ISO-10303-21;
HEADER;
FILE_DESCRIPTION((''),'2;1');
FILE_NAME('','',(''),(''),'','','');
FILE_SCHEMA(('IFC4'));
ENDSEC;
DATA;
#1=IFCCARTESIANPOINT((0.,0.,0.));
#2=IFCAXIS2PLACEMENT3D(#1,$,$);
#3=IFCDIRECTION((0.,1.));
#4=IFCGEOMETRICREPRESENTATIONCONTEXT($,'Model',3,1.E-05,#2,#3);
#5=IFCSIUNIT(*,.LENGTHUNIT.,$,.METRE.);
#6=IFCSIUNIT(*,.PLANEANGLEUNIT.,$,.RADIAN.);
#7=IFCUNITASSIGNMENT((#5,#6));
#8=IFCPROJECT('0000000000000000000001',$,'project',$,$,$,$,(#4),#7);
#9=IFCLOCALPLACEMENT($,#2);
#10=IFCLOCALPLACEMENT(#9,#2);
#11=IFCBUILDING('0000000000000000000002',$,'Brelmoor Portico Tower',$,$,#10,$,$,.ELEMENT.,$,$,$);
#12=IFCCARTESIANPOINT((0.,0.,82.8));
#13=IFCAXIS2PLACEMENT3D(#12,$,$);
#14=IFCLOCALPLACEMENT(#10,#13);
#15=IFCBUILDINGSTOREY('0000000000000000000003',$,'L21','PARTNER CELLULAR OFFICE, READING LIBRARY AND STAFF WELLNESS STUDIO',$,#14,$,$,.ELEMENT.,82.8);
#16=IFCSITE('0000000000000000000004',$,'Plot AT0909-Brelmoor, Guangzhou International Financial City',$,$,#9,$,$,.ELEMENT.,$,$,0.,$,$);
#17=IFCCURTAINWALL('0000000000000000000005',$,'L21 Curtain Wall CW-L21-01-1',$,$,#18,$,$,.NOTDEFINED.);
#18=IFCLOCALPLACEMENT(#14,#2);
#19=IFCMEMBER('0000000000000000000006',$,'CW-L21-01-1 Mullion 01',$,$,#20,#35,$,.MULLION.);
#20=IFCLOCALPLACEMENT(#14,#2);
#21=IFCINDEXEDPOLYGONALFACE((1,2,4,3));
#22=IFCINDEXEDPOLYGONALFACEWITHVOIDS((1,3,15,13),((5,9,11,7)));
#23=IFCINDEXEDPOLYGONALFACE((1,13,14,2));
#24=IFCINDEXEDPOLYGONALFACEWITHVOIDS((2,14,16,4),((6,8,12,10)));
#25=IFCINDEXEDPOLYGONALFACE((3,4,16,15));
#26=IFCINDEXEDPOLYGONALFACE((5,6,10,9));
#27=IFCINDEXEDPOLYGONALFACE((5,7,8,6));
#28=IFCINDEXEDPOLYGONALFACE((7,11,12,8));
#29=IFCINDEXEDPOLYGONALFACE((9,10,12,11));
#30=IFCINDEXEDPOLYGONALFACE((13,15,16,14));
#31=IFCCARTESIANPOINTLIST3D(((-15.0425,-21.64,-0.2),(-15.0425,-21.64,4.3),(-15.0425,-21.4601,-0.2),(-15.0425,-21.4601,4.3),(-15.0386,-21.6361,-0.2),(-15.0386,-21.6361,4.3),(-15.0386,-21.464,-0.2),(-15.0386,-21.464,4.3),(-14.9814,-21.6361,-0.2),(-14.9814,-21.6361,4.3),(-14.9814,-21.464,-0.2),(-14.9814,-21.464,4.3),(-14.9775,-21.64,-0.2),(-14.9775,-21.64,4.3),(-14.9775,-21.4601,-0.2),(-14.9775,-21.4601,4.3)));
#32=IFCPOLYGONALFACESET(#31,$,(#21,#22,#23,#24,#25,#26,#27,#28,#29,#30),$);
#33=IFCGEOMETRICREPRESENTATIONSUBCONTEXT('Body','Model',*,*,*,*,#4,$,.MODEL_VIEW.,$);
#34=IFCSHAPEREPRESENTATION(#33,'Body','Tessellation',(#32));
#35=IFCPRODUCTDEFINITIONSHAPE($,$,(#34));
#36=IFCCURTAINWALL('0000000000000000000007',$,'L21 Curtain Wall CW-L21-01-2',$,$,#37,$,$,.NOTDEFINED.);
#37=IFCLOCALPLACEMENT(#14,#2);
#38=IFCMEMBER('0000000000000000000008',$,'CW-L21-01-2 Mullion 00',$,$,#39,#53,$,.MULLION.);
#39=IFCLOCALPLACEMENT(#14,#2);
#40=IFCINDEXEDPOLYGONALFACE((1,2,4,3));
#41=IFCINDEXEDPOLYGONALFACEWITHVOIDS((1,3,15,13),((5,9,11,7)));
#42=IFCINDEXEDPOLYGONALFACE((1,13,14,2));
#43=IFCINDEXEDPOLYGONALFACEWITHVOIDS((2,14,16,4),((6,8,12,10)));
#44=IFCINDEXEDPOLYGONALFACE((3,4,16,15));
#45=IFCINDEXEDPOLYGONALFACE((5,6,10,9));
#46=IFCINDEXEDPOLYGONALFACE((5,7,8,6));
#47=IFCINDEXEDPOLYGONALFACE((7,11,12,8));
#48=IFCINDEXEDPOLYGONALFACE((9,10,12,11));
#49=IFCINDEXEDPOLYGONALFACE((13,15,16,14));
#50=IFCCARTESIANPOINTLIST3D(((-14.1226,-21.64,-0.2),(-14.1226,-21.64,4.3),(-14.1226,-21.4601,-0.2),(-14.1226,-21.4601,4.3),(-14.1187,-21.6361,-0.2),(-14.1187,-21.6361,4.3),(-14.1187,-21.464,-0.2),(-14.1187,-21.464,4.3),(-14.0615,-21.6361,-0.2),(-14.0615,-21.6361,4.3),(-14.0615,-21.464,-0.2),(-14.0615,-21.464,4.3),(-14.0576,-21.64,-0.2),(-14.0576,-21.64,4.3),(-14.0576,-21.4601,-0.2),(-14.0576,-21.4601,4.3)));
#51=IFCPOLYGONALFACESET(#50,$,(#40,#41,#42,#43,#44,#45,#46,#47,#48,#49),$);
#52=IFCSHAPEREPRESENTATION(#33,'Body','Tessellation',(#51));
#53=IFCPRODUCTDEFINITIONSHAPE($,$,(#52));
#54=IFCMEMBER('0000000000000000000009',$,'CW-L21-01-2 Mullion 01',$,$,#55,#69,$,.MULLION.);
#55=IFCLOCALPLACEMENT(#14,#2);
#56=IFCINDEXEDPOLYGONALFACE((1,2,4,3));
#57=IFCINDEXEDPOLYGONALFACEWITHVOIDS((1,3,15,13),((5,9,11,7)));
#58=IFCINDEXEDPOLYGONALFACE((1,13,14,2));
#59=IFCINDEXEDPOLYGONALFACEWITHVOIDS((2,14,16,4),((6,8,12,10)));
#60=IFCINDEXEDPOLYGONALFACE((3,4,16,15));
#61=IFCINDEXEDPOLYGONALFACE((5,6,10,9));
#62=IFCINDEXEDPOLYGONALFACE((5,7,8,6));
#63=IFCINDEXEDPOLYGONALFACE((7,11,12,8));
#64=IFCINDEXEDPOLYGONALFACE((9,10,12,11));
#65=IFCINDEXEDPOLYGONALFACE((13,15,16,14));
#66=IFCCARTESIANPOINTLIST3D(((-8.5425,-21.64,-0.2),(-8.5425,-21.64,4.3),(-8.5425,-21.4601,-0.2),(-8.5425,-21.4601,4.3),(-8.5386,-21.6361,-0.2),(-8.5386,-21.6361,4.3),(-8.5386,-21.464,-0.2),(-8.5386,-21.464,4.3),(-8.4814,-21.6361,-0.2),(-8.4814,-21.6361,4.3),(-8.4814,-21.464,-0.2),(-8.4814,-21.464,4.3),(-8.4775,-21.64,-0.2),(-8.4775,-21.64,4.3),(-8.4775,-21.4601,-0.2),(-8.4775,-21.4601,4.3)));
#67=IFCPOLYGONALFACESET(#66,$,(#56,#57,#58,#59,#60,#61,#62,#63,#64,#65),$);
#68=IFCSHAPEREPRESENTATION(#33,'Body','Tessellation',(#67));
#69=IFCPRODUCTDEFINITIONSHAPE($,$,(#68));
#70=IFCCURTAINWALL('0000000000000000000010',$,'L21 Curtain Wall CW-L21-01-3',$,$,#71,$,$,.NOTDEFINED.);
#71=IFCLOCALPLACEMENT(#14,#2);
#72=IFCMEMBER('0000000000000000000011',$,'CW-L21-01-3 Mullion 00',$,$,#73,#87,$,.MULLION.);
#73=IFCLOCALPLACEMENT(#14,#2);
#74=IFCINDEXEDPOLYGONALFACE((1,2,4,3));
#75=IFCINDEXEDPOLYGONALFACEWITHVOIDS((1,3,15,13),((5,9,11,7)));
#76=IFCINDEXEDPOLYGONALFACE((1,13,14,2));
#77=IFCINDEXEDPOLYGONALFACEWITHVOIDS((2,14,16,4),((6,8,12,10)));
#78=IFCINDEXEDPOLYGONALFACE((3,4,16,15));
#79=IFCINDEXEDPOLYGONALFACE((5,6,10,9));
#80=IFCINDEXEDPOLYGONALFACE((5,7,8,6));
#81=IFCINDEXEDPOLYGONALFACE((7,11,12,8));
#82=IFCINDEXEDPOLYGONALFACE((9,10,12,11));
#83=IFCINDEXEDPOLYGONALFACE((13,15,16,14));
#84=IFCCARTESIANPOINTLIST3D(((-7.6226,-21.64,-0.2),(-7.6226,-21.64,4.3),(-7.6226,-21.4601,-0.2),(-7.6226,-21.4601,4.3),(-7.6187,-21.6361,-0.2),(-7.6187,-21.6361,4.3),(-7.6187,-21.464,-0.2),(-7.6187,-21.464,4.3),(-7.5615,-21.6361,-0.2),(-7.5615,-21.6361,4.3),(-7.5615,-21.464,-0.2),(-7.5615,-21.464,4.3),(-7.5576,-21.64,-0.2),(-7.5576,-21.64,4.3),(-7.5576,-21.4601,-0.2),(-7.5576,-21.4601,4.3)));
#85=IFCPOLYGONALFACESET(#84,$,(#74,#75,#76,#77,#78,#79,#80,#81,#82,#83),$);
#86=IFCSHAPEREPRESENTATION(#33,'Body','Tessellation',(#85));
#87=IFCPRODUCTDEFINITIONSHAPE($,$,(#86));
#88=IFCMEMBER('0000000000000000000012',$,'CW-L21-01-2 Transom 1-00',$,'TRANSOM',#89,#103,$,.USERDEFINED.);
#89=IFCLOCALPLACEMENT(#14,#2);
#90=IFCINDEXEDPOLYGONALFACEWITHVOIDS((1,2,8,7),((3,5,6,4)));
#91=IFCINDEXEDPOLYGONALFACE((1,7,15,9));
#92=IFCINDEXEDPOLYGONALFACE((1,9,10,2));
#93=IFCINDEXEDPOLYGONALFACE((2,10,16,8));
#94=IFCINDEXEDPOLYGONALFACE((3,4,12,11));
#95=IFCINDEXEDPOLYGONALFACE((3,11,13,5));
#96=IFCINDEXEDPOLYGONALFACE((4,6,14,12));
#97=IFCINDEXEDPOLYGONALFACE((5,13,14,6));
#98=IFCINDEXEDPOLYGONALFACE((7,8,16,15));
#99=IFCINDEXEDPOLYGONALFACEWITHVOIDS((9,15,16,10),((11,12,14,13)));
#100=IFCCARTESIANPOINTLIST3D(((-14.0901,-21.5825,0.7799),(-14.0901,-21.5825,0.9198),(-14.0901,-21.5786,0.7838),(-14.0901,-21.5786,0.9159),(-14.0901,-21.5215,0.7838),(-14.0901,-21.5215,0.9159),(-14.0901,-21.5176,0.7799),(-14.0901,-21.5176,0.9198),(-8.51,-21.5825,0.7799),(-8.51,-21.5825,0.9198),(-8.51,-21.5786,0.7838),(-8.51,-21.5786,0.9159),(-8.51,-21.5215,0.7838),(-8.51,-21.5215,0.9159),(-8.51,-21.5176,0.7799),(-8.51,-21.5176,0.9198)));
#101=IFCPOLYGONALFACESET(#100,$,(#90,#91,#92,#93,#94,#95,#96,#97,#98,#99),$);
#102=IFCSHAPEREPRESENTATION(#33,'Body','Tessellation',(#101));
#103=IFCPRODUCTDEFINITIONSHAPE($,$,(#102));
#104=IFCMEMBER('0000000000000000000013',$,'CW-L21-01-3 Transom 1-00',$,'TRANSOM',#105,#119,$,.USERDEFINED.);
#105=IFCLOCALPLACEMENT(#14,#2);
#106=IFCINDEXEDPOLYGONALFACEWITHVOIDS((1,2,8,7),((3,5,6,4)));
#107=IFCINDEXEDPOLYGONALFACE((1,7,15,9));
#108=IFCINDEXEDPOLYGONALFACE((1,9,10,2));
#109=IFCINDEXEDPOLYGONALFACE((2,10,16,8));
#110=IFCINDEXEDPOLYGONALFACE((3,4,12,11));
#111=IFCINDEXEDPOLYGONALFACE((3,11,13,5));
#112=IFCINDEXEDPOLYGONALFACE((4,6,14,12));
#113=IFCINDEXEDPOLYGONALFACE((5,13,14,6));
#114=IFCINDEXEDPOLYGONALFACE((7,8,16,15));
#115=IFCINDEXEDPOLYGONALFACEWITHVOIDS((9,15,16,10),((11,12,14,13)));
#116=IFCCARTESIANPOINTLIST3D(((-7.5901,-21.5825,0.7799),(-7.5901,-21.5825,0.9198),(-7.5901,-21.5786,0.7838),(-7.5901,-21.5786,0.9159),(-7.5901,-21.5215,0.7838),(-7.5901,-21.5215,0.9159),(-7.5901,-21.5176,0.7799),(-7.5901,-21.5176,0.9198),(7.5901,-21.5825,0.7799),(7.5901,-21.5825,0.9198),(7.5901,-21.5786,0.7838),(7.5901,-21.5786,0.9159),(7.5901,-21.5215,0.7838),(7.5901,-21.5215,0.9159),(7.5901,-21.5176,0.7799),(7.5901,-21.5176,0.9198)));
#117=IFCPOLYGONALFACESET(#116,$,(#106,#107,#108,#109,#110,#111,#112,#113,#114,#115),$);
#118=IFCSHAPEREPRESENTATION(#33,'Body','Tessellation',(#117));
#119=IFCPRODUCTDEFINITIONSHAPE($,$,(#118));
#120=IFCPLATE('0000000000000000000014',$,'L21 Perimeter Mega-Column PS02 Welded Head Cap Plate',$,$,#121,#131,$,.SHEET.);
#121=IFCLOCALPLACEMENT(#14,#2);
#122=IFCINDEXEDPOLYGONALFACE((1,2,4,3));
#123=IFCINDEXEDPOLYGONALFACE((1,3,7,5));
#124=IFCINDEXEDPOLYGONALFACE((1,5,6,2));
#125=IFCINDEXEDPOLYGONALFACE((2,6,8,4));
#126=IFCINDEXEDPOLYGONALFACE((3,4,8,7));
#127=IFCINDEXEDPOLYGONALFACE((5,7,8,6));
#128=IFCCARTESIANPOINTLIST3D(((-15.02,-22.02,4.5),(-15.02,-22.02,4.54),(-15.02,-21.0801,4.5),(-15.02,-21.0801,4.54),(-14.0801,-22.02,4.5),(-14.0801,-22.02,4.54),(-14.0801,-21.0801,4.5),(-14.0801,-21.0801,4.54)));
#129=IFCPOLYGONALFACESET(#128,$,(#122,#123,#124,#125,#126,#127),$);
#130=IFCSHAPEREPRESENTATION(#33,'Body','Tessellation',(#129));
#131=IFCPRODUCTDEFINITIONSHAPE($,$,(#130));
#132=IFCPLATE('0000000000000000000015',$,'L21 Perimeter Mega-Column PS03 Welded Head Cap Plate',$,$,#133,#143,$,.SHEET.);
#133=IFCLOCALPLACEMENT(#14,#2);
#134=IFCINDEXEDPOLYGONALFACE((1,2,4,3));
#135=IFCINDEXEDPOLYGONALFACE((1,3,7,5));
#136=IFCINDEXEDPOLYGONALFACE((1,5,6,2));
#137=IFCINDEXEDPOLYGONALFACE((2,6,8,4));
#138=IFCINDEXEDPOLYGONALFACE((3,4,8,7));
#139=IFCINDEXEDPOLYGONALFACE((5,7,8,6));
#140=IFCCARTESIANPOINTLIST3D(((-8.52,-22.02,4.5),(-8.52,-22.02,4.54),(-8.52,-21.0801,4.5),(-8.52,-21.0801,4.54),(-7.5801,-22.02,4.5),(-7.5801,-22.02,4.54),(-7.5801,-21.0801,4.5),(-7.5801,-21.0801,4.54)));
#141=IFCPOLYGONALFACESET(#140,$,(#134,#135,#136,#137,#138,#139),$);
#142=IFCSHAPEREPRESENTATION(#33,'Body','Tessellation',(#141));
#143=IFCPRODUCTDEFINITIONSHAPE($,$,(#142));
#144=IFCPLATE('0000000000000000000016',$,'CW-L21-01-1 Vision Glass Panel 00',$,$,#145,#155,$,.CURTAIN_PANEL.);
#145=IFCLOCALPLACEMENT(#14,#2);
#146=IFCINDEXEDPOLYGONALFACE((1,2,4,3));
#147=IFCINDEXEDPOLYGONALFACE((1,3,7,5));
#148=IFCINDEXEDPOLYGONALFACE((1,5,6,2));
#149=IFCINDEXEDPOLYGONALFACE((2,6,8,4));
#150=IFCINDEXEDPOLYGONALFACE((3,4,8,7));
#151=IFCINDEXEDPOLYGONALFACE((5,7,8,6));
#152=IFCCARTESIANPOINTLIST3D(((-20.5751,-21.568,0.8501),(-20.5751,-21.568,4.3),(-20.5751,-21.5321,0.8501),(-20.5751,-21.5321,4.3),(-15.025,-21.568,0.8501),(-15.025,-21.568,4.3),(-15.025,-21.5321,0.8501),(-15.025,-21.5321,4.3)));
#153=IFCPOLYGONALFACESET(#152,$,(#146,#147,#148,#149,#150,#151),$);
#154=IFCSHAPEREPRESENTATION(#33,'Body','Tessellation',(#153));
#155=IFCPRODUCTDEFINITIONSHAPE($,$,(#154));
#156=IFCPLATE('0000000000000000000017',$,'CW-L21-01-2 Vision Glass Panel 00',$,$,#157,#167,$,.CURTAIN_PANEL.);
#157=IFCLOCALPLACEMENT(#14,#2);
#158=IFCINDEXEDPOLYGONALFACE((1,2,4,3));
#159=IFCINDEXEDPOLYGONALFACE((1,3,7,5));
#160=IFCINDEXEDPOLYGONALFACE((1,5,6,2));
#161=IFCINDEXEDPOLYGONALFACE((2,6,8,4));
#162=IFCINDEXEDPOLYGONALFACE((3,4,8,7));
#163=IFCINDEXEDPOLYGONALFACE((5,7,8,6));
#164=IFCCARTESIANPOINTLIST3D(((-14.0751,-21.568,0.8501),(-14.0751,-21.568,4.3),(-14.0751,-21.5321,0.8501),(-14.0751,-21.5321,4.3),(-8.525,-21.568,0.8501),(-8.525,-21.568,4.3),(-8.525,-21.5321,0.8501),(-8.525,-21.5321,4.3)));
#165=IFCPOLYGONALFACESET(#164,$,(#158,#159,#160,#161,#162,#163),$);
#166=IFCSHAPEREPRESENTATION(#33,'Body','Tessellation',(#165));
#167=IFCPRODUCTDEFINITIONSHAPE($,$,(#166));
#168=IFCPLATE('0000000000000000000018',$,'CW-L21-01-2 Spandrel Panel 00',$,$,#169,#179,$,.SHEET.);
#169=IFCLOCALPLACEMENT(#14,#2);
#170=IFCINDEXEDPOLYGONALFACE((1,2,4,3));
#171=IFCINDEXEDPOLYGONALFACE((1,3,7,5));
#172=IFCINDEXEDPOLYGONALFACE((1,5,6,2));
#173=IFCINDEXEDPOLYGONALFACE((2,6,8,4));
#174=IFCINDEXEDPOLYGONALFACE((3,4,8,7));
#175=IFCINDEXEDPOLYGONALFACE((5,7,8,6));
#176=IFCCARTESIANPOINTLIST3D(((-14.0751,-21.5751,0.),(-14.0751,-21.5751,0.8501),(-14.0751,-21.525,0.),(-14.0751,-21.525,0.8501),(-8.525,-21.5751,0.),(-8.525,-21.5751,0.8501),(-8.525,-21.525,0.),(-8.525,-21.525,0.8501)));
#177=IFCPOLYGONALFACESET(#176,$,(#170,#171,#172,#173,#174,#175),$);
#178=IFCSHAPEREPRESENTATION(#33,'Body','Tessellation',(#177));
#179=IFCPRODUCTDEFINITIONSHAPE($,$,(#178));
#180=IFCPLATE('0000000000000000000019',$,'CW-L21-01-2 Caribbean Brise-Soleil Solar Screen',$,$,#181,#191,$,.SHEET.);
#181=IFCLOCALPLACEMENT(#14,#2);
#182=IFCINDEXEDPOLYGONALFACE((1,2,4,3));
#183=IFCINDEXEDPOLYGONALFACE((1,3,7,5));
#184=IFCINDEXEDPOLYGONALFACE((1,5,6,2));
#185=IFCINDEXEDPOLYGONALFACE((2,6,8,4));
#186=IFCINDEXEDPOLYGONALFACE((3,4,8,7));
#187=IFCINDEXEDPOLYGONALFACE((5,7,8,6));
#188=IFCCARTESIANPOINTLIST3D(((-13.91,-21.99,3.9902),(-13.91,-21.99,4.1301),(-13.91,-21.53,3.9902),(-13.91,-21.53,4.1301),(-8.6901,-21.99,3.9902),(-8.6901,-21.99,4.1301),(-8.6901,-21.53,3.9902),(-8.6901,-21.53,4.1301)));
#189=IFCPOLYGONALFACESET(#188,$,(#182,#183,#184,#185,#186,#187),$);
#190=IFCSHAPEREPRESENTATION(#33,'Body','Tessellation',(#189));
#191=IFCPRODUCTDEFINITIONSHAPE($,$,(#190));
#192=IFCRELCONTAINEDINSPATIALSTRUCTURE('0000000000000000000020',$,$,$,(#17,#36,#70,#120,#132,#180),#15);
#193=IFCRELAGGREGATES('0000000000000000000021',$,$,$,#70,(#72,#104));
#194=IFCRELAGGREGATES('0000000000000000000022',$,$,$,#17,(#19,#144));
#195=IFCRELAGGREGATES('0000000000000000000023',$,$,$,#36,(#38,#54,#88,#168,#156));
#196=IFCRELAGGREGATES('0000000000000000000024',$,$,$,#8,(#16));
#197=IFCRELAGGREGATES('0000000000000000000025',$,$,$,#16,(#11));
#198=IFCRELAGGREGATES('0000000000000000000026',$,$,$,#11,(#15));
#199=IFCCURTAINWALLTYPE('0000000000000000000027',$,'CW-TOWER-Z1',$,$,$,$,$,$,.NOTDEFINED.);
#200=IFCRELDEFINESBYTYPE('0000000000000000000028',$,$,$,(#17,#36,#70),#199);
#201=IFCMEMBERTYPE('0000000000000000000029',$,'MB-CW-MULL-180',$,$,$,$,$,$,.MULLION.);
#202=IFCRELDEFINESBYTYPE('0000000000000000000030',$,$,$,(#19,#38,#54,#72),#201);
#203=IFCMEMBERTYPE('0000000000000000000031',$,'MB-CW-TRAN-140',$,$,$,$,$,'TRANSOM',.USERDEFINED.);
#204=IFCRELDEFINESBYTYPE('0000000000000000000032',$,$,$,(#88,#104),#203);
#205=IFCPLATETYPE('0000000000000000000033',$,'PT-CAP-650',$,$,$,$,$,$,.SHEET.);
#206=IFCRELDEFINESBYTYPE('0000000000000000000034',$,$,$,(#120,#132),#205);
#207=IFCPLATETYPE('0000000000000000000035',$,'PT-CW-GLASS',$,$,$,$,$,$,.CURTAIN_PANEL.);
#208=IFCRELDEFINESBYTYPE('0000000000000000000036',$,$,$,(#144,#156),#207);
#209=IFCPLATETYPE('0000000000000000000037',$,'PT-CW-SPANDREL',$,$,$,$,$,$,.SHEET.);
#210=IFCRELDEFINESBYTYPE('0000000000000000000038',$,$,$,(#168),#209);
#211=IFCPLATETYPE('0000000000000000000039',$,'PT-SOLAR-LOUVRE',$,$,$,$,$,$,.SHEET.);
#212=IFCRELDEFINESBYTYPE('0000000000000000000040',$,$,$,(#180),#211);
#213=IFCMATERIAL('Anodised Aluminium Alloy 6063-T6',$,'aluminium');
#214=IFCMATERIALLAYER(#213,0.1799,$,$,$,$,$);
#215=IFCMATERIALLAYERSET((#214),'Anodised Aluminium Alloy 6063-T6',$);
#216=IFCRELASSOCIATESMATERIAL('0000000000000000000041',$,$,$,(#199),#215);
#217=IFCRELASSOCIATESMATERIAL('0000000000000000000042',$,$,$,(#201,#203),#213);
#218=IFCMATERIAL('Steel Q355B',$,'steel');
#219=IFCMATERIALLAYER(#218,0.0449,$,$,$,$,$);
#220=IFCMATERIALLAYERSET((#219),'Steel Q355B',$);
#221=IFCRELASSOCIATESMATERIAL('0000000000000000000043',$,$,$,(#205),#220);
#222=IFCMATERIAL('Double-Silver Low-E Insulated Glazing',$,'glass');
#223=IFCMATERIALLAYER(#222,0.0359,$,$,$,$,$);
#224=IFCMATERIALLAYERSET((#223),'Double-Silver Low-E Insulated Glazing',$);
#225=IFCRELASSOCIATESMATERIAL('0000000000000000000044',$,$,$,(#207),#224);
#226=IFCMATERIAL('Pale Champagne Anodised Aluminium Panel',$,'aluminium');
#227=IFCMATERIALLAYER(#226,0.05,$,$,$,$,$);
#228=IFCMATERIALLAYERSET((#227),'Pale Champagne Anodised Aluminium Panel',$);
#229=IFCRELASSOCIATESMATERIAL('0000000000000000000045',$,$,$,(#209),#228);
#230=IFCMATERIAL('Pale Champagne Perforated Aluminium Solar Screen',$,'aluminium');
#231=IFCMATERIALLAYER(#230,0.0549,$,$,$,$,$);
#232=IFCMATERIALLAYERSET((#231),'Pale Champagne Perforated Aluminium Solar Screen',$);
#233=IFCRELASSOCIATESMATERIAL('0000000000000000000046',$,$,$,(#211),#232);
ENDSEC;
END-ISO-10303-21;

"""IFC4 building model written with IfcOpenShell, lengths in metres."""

from ifc_helpers import new_model, si_unit, direction, frame, origin, origin_2d, place, context, subcontext, project, spatial, rectangle, hollow_rectangle, extrude, material, layer, layer_set, material_profile, profile_set, type_object, element, aggregate, save


model = new_model("IFC4")

# Units and contexts
model_context = context("Model", 3, precision=1e-05, world=origin(), true_north=direction((0.0, 1.0)))
body_context = subcontext(model_context, "Body", "Model", "MODEL_VIEW")
ifc_project = project(units=[si_unit("LENGTHUNIT", "METRE"), si_unit("PLANEANGLEUNIT", "RADIAN")], contexts=[model_context])

# Site, building, storey
site_placement = place(None, origin())
site = spatial("IfcSite", under=ifc_project, at=site_placement, Name="Plot AT0909-Brelmoor, Guangzhou International Financial City", CompositionType="ELEMENT", RefElevation=0.0)
building_placement = place(site_placement, origin())
building = spatial("IfcBuilding", under=site, at=building_placement, Name="Brelmoor Portico Tower", CompositionType="ELEMENT")
storey_placement = place(building_placement, frame((0.0, 0.0, 82.8)))
storey = spatial("IfcBuildingStorey", under=building, at=storey_placement, Name="L21", Description="PARTNER CELLULAR OFFICE, READING LIBRARY AND STAFF WELLNESS STUDIO", CompositionType="ELEMENT", Elevation=82.8)

# Shared definitions
ifc_material_1 = material(Name="Steel Q355B", Category="steel")

# Curtain wall, member
ifc_material_2 = material(Name="Anodised Aluminium Alloy 6063-T6", Category="aluminium")
ifc_layer_1 = layer(ifc_material_2, 0.1799)
ifc_layer_set_1 = layer_set([ifc_layer_1], Name="Anodised Aluminium Alloy 6063-T6")
curtain_wall_type = type_object("IfcCurtainWallType", Name="CW-TOWER-Z1", PredefinedType="NOTDEFINED", material=ifc_layer_set_1)
curtain_wall_1_placement = place(storey_placement, origin())
curtain_wall_1 = element("IfcCurtainWall", 1, at=curtain_wall_1_placement, inside=storey, type_object=curtain_wall_type, Name="L21 Curtain Wall CW-L21-01-1", PredefinedType="NOTDEFINED")
ifc_material_profile_1 = material_profile(ifc_material_2, hollow_rectangle(XDim=0.0649, YDim=0.1799, WallThickness=0.0039, at=origin_2d()), Name="ALU MULLION 65x180")
ifc_profile_set_1 = profile_set([ifc_material_profile_1], Name="Anodised Aluminium Alloy 6063-T6")
member_type_1 = type_object("IfcMemberType", Name="MB-CW-MULL-180", PredefinedType="MULLION", material=ifc_profile_set_1)
member_1_placement = place(storey_placement, frame((-15.01, -21.55, -0.2), z_axis=(0.0, 0.0, 1.0), x_axis=(1.0, 0.0, 0.0)))
member_1 = element("IfcMember", 2, at=member_1_placement, type_object=member_type_1, Name="CW-L21-01-1 Mullion 01", PredefinedType="MULLION", context=body_context, shape_type="SweptSolid", body=[
    extrude(hollow_rectangle(XDim=0.0649, YDim=0.1799, WallThickness=0.0039, at=origin_2d()), origin(), (0.0, 0.0, 1.0), 4.5),
])

# Curtain wall, members
curtain_wall_2_placement = place(storey_placement, origin())
curtain_wall_2 = element("IfcCurtainWall", 3, at=curtain_wall_2_placement, inside=storey, type_object=curtain_wall_type, Name="L21 Curtain Wall CW-L21-01-2", PredefinedType="NOTDEFINED")
member_2_placement = place(storey_placement, frame((-14.0901, -21.55, -0.2), z_axis=(0.0, 0.0, 1.0), x_axis=(1.0, 0.0, 0.0)))
member_2 = element("IfcMember", 4, at=member_2_placement, type_object=member_type_1, Name="CW-L21-01-2 Mullion 00", PredefinedType="MULLION", context=body_context, shape_type="SweptSolid", body=[
    extrude(hollow_rectangle(XDim=0.0649, YDim=0.1799, WallThickness=0.0039, at=origin_2d()), origin(), (0.0, 0.0, 1.0), 4.5),
])
member_3_placement = place(storey_placement, frame((-8.51, -21.55, -0.2), z_axis=(0.0, 0.0, 1.0), x_axis=(1.0, 0.0, 0.0)))
member_3 = element("IfcMember", 5, at=member_3_placement, type_object=member_type_1, Name="CW-L21-01-2 Mullion 01", PredefinedType="MULLION", context=body_context, shape_type="SweptSolid", body=[
    extrude(hollow_rectangle(XDim=0.0649, YDim=0.1799, WallThickness=0.0039, at=origin_2d()), origin(), (0.0, 0.0, 1.0), 4.5),
])

# Curtain wall, member
curtain_wall_3_placement = place(storey_placement, origin())
curtain_wall_3 = element("IfcCurtainWall", 6, at=curtain_wall_3_placement, inside=storey, type_object=curtain_wall_type, Name="L21 Curtain Wall CW-L21-01-3", PredefinedType="NOTDEFINED")
member_4_placement = place(storey_placement, frame((-7.5901, -21.55, -0.2), z_axis=(0.0, 0.0, 1.0), x_axis=(1.0, 0.0, 0.0)))
member_4 = element("IfcMember", 7, at=member_4_placement, type_object=member_type_1, Name="CW-L21-01-3 Mullion 00", PredefinedType="MULLION", context=body_context, shape_type="SweptSolid", body=[
    extrude(hollow_rectangle(XDim=0.0649, YDim=0.1799, WallThickness=0.0039, at=origin_2d()), origin(), (0.0, 0.0, 1.0), 4.5),
])

# Members
ifc_material_profile_2 = material_profile(ifc_material_2, hollow_rectangle(XDim=0.0649, YDim=0.1399, WallThickness=0.0039, at=origin_2d()), Name="ALU TRANSOM 65x140")
ifc_profile_set_2 = profile_set([ifc_material_profile_2], Name="Anodised Aluminium Alloy 6063-T6")
member_type_2 = type_object("IfcMemberType", Name="MB-CW-TRAN-140", ElementType="TRANSOM", PredefinedType="USERDEFINED", material=ifc_profile_set_2)
member_5_placement = place(storey_placement, frame((-14.0901, -21.55, 0.8499), z_axis=(1.0, 0.0, 0.0), x_axis=(0.0, 1.0, 0.0)))
member_5 = element("IfcMember", 8, at=member_5_placement, type_object=member_type_2, Name="CW-L21-01-2 Transom 1-00", ObjectType="TRANSOM", PredefinedType="USERDEFINED", context=body_context, shape_type="SweptSolid", body=[
    extrude(hollow_rectangle(XDim=0.0649, YDim=0.1399, WallThickness=0.0039, at=origin_2d()), origin(), (0.0, 0.0, 1.0), 5.5801),
])
member_6_placement = place(storey_placement, frame((-7.5901, -21.55, 0.8499), z_axis=(1.0, 0.0, 0.0), x_axis=(0.0, 1.0, 0.0)))
member_6 = element("IfcMember", 9, at=member_6_placement, type_object=member_type_2, Name="CW-L21-01-3 Transom 1-00", ObjectType="TRANSOM", PredefinedType="USERDEFINED", context=body_context, shape_type="SweptSolid", body=[
    extrude(hollow_rectangle(XDim=0.0649, YDim=0.1399, WallThickness=0.0039, at=origin_2d()), origin(), (0.0, 0.0, 1.0), 15.1802),
])
aggregate(curtain_wall_3, [member_4, member_6])

# Plates
ifc_layer_2 = layer(ifc_material_1, 0.0449)
ifc_layer_set_2 = layer_set([ifc_layer_2], Name="Steel Q355B")
plate_type_1 = type_object("IfcPlateType", Name="PT-CAP-650", PredefinedType="SHEET", material=ifc_layer_set_2)
for number, where, z_axis, x_axis, name in (
    (10, (-14.55, -21.55, 4.5), (0.0, 0.0, 1.0), (1.0, 0.0, 0.0), "L21 Perimeter Mega-Column PS02 Welded Head Cap Plate"),
    (11, (-8.05, -21.55, 4.5), (0.0, 0.0, 1.0), (1.0, 0.0, 0.0), "L21 Perimeter Mega-Column PS03 Welded Head Cap Plate"),
):
    element("IfcPlate", number, at=place(storey_placement, frame(where, z_axis=z_axis, x_axis=x_axis)), inside=storey, type_object=plate_type_1, Name=name, PredefinedType="SHEET", context=body_context, shape_type="SweptSolid", body=[
        extrude(rectangle(XDim=0.9399, YDim=0.9399, at=origin_2d()), origin(), (0.0, 0.0, 1.0), 0.04),
    ])

# Plates
ifc_material_3 = material(Name="Double-Silver Low-E Insulated Glazing", Category="glass")
ifc_layer_3 = layer(ifc_material_3, 0.0359)
ifc_layer_set_3 = layer_set([ifc_layer_3], Name="Double-Silver Low-E Insulated Glazing")
plate_type_2 = type_object("IfcPlateType", Name="PT-CW-GLASS", PredefinedType="CURTAIN_PANEL", material=ifc_layer_set_3)
plate_1_placement = place(storey_placement, frame((-17.8, -21.55, 0.8501), z_axis=(0.0, 0.0, 1.0), x_axis=(1.0, 0.0, 0.0)))
plate_1 = element("IfcPlate", 12, at=plate_1_placement, type_object=plate_type_2, Name="CW-L21-01-1 Vision Glass Panel 00", PredefinedType="CURTAIN_PANEL", context=body_context, shape_type="SweptSolid", body=[
    extrude(rectangle(XDim=5.55, YDim=0.0359, at=origin_2d()), origin(), (0.0, 0.0, 1.0), 3.45),
])
aggregate(curtain_wall_1, [member_1, plate_1])
plate_2_placement = place(storey_placement, frame((-11.3, -21.55, 0.8501), z_axis=(0.0, 0.0, 1.0), x_axis=(1.0, 0.0, 0.0)))
plate_2 = element("IfcPlate", 13, at=plate_2_placement, type_object=plate_type_2, Name="CW-L21-01-2 Vision Glass Panel 00", PredefinedType="CURTAIN_PANEL", context=body_context, shape_type="SweptSolid", body=[
    extrude(rectangle(XDim=5.55, YDim=0.0359, at=origin_2d()), origin(), (0.0, 0.0, 1.0), 3.45),
])
ifc_material_4 = material(Name="Pale Champagne Anodised Aluminium Panel", Category="aluminium")
ifc_layer_4 = layer(ifc_material_4, 0.05)
ifc_layer_set_4 = layer_set([ifc_layer_4], Name="Pale Champagne Anodised Aluminium Panel")
plate_type_3 = type_object("IfcPlateType", Name="PT-CW-SPANDREL", PredefinedType="SHEET", material=ifc_layer_set_4)
plate_3_placement = place(storey_placement, frame((-11.3, -21.55, 0.0), z_axis=(0.0, 0.0, 1.0), x_axis=(1.0, 0.0, 0.0)))
plate_3 = element("IfcPlate", 14, at=plate_3_placement, type_object=plate_type_3, Name="CW-L21-01-2 Spandrel Panel 00", PredefinedType="SHEET", context=body_context, shape_type="SweptSolid", body=[
    extrude(rectangle(XDim=5.55, YDim=0.05, at=origin_2d()), origin(), (0.0, 0.0, 1.0), 0.8501),
])
aggregate(curtain_wall_2, [member_2, member_3, member_5, plate_3, plate_2])
ifc_material_5 = material(Name="Pale Champagne Perforated Aluminium Solar Screen", Category="aluminium")
ifc_layer_5 = layer(ifc_material_5, 0.0549)
ifc_layer_set_5 = layer_set([ifc_layer_5], Name="Pale Champagne Perforated Aluminium Solar Screen")
plate_type_4 = type_object("IfcPlateType", Name="PT-SOLAR-LOUVRE", PredefinedType="SHEET", material=ifc_layer_set_5)
plate_4_placement = place(storey_placement, frame((-11.3, -21.76, 3.9902), z_axis=(0.0, 0.0, 1.0), x_axis=(1.0, 0.0, 0.0)))
element("IfcPlate", 15, at=plate_4_placement, inside=storey, type_object=plate_type_4, Name="CW-L21-01-2 Caribbean Brise-Soleil Solar Screen", PredefinedType="SHEET", context=body_context, shape_type="SweptSolid", body=[
    extrude(rectangle(XDim=5.22, YDim=0.46, at=origin_2d()), origin(), (0.0, 0.0, 1.0), 0.1399),
])

save(model, "model.ifc")
